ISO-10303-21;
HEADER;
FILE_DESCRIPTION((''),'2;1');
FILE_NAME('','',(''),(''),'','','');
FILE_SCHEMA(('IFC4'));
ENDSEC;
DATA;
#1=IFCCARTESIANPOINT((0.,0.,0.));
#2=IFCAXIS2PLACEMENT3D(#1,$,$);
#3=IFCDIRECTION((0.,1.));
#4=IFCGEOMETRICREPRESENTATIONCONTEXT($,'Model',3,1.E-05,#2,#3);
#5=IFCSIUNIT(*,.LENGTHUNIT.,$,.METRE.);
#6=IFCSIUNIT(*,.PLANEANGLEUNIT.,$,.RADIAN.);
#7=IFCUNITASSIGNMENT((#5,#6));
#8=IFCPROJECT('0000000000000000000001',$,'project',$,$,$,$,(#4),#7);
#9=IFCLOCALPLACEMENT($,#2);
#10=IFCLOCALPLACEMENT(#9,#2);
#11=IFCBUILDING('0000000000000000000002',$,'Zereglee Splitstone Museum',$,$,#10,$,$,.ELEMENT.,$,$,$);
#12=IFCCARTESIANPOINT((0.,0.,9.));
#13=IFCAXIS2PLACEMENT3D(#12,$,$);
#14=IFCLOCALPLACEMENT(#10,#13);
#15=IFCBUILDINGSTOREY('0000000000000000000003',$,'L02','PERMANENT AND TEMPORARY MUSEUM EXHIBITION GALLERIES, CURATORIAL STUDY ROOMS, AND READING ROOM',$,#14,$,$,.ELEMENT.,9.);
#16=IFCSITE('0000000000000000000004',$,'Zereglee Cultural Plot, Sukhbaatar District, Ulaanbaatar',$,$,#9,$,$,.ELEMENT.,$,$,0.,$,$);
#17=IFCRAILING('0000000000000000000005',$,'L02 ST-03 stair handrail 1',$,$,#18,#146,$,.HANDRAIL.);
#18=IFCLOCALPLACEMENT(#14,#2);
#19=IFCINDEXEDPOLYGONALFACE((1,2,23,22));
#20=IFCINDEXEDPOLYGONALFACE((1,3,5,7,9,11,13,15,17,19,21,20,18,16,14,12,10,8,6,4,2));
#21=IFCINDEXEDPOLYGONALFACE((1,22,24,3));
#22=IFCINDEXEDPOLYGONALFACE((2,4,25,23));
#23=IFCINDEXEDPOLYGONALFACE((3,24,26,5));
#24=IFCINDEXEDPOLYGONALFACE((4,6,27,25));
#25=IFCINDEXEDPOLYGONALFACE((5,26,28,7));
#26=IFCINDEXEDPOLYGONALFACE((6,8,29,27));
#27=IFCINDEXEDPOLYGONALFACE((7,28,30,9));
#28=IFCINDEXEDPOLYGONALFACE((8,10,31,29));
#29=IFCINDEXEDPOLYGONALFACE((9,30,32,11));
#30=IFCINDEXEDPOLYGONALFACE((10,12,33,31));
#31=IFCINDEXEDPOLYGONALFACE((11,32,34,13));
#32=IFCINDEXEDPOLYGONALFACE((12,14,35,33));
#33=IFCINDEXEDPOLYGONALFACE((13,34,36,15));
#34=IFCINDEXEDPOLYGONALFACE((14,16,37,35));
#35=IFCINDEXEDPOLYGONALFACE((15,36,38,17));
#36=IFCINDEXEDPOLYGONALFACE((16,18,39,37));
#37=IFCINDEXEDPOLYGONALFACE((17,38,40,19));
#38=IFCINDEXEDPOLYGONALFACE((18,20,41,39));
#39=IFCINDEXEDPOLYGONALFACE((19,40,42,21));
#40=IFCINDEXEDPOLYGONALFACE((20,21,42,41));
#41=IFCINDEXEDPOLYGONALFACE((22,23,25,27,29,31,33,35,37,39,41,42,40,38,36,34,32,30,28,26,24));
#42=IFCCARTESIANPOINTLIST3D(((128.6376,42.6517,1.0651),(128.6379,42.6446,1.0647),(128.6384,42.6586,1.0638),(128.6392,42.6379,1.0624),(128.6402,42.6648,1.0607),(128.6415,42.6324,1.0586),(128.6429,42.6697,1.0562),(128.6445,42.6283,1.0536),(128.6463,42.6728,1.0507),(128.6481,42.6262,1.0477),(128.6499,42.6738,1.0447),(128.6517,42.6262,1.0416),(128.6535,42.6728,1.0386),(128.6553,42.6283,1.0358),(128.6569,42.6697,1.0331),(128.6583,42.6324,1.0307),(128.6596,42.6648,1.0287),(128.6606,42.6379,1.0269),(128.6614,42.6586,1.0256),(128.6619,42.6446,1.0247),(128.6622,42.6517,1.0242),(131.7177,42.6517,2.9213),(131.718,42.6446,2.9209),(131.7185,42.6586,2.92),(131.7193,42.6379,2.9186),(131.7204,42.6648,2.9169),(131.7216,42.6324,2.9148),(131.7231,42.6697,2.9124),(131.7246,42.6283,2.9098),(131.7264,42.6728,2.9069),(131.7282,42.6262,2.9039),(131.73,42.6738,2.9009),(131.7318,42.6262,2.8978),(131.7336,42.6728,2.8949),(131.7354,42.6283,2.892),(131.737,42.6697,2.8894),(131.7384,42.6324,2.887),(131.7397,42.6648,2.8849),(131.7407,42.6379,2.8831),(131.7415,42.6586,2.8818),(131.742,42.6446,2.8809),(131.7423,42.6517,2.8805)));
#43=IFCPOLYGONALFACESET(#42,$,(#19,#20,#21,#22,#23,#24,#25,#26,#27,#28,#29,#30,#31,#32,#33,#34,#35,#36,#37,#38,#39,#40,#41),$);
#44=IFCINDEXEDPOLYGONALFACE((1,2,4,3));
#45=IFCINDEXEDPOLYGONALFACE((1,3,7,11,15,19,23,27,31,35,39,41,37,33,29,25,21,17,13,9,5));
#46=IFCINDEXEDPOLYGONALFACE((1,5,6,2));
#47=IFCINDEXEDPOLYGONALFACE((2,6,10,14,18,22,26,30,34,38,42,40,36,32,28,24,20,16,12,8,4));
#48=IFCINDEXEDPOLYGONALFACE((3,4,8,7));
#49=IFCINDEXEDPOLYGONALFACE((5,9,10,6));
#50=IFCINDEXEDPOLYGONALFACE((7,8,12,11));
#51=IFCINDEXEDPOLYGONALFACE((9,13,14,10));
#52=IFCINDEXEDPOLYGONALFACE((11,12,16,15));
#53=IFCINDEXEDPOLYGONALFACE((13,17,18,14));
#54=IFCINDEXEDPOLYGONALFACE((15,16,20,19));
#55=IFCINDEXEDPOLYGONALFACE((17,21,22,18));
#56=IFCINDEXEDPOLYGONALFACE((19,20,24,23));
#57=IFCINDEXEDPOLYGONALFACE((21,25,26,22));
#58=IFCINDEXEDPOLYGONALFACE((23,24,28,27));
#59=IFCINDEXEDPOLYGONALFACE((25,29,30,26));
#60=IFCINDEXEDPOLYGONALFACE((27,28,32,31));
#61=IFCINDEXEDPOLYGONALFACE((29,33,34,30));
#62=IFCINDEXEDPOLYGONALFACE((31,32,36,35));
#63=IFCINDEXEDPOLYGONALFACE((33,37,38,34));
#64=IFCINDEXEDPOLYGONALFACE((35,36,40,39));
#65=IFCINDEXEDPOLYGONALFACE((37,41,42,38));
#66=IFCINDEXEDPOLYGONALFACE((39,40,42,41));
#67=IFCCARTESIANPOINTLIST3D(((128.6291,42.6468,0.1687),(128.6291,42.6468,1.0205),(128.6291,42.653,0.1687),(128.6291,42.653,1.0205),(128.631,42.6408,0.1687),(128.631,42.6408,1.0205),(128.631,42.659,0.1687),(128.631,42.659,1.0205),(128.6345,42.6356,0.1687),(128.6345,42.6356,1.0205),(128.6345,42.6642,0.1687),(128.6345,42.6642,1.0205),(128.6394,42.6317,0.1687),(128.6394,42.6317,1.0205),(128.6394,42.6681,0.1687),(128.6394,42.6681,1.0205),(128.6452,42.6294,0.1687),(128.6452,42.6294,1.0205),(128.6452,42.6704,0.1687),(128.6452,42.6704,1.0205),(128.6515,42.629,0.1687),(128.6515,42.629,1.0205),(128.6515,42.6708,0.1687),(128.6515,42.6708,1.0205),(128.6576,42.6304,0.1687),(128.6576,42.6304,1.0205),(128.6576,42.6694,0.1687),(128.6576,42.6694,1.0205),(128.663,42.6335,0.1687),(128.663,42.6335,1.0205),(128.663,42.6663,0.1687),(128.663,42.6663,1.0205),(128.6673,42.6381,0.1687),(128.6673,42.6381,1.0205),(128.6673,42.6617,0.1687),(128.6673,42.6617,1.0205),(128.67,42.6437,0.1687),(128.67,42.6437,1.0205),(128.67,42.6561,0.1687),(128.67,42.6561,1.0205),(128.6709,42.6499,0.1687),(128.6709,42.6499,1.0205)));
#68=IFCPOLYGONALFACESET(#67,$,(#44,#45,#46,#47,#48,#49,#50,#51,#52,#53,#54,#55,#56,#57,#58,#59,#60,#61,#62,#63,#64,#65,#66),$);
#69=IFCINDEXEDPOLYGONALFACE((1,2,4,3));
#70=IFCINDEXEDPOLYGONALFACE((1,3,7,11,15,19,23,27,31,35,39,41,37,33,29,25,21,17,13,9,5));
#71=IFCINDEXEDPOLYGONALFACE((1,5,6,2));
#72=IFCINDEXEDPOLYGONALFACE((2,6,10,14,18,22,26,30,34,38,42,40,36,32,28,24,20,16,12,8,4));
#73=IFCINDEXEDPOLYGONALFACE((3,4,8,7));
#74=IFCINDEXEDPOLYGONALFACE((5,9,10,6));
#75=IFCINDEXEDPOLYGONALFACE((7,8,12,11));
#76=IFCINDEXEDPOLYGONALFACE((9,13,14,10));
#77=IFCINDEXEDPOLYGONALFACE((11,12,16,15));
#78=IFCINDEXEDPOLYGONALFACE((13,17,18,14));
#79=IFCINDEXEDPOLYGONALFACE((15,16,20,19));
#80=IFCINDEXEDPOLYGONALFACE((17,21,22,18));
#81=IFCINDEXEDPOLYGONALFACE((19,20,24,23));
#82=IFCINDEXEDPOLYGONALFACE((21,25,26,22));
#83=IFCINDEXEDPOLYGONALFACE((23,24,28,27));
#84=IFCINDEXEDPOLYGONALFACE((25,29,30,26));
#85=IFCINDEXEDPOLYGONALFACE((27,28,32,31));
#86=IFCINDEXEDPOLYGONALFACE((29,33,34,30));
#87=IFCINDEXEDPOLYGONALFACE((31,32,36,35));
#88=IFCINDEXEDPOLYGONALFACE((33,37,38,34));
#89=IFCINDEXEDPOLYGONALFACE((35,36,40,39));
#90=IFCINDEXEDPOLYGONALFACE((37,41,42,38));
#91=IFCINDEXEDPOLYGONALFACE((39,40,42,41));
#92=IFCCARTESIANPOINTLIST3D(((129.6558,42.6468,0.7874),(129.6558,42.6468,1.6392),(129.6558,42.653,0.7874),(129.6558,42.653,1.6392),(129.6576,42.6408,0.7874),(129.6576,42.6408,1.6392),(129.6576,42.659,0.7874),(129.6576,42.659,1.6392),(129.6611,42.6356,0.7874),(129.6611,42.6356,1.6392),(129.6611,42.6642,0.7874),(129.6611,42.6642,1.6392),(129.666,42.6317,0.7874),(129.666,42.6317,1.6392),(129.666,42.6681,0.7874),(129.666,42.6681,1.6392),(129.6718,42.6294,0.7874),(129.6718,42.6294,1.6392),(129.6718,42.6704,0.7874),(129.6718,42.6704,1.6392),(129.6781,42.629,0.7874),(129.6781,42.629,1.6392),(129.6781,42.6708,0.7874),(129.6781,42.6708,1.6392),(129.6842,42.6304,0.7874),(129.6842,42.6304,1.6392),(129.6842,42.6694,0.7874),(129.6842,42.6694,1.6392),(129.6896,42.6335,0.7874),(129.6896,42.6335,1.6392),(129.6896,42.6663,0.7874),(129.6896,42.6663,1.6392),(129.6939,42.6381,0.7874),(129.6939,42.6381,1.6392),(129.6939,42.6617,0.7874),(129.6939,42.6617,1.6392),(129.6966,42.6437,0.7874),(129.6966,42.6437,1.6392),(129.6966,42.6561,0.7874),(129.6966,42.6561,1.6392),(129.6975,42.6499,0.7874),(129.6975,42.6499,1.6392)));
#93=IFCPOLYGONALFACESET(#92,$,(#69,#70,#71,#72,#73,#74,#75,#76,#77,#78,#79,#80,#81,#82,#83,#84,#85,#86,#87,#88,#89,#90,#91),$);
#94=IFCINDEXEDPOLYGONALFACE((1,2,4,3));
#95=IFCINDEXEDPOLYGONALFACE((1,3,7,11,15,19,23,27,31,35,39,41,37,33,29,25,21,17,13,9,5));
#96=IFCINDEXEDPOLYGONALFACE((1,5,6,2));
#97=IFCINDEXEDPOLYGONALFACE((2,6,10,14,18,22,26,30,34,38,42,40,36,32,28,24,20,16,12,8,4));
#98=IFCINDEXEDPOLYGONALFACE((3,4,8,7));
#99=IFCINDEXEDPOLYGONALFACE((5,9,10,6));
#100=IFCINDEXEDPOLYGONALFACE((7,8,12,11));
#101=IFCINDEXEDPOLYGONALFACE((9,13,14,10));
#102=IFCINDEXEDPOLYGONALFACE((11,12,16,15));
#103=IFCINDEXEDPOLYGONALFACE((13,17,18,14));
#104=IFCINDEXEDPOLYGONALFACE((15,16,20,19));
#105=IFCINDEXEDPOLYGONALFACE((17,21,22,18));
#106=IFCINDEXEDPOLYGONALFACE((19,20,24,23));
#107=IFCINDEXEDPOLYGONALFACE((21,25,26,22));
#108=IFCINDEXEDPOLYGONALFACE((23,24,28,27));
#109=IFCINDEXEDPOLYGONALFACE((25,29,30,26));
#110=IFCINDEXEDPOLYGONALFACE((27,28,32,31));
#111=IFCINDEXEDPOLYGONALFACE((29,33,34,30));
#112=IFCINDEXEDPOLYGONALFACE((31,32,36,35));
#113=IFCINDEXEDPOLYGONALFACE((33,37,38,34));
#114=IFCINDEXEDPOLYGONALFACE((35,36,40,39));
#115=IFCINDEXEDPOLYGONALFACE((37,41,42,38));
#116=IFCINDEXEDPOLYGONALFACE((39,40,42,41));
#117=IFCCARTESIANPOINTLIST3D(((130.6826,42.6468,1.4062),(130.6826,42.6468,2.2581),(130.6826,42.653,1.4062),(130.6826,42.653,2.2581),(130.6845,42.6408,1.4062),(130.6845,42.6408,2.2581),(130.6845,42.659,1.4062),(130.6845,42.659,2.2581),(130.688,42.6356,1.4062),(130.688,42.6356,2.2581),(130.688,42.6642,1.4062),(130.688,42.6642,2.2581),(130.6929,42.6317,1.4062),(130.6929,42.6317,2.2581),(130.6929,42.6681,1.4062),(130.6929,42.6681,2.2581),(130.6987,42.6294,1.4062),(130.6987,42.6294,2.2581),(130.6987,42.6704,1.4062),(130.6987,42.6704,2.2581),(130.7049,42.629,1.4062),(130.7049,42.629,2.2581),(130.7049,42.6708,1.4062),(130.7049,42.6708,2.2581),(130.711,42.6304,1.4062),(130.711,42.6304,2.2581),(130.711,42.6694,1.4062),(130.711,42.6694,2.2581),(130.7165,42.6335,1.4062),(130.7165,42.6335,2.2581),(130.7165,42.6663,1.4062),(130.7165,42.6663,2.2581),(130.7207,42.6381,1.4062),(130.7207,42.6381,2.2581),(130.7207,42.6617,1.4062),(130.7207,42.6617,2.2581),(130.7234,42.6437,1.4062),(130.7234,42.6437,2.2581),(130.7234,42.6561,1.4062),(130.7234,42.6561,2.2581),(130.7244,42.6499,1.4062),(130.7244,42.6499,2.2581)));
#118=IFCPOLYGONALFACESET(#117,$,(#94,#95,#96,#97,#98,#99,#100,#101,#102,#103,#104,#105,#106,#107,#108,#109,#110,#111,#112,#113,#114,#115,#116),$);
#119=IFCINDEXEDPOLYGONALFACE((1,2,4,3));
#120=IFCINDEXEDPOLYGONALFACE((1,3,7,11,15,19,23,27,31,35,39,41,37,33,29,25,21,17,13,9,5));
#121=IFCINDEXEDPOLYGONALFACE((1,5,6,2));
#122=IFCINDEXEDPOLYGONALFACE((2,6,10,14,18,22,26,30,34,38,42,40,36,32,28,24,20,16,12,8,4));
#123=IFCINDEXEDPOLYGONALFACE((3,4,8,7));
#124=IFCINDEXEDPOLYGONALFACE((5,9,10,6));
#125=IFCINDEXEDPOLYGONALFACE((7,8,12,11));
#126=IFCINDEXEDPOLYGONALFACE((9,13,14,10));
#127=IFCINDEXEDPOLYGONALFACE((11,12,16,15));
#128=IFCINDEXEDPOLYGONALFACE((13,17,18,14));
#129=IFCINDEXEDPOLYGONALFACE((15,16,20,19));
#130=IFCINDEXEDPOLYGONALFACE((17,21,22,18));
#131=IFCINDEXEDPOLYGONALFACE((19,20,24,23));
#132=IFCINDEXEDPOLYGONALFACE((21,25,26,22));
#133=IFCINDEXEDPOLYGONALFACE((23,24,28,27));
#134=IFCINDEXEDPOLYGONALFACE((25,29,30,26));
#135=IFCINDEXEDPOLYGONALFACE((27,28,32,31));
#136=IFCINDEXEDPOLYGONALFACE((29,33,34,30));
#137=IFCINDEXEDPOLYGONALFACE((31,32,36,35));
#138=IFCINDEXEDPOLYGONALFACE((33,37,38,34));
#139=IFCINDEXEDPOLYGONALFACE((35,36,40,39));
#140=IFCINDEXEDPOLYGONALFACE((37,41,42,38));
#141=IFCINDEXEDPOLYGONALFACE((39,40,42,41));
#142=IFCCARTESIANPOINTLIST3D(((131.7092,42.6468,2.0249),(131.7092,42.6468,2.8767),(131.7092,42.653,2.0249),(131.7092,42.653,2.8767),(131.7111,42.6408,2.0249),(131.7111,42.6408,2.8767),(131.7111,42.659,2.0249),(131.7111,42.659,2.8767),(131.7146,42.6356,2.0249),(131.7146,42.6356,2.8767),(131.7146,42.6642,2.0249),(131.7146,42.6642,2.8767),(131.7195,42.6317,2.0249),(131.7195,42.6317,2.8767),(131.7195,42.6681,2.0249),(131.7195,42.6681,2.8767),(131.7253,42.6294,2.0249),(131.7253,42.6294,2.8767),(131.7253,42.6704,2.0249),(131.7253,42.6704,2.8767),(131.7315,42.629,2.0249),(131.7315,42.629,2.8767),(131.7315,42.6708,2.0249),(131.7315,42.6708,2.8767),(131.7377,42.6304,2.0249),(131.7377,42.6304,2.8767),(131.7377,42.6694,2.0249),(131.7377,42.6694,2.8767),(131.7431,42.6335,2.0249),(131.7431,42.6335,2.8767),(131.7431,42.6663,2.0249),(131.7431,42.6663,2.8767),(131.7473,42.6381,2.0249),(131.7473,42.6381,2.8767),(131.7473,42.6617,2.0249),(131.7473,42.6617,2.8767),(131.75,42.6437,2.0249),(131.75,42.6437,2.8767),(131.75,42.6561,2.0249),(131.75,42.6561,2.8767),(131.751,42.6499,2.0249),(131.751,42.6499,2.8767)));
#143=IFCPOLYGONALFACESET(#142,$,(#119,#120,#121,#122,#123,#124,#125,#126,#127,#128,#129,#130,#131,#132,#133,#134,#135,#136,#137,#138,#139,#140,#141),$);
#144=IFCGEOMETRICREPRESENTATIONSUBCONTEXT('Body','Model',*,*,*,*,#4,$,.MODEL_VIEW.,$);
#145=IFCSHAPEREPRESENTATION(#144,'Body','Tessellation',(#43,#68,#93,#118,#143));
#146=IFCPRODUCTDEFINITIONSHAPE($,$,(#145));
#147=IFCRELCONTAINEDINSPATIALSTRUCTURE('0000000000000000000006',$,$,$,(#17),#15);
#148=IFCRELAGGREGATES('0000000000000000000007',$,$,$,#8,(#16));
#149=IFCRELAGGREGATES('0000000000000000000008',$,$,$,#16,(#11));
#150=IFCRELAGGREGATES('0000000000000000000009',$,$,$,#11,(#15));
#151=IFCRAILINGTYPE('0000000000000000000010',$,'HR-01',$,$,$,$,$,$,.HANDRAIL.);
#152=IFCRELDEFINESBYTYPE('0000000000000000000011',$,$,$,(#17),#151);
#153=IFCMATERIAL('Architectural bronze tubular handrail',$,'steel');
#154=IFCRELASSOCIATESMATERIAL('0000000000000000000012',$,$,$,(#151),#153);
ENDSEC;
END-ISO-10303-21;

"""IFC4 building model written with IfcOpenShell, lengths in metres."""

from ifc_helpers import new_model, si_unit, direction, frame, origin, origin_2d, place, context, subcontext, project, spatial, circle, extrude, material, type_object, element, save


model = new_model("IFC4")

# Units and contexts
model_context = context("Model", 3, precision=1e-05, world=origin(), true_north=direction((0.0, 1.0)))
body_context = subcontext(model_context, "Body", "Model", "MODEL_VIEW")
ifc_project = project(units=[si_unit("LENGTHUNIT", "METRE"), si_unit("PLANEANGLEUNIT", "RADIAN")], contexts=[model_context])

# Site, building, storey
site_placement = place(None, origin())
site = spatial("IfcSite", under=ifc_project, at=site_placement, Name="Zereglee Cultural Plot, Sukhbaatar District, Ulaanbaatar", CompositionType="ELEMENT", RefElevation=0.0)
building_placement = place(site_placement, origin())
building = spatial("IfcBuilding", under=site, at=building_placement, Name="Zereglee Splitstone Museum", CompositionType="ELEMENT")
storey_placement = place(building_placement, frame((0.0, 0.0, 9.0)))
storey = spatial("IfcBuildingStorey", under=building, at=storey_placement, Name="L02", Description="PERMANENT AND TEMPORARY MUSEUM EXHIBITION GALLERIES, CURATORIAL STUDY ROOMS, AND READING ROOM", CompositionType="ELEMENT", Elevation=9.0)

# Railing
ifc_material_1 = material(Name="Architectural bronze tubular handrail", Category="steel")
railing_type_1 = type_object("IfcRailingType", Name="HR-01", PredefinedType="HANDRAIL", material=ifc_material_1)
railing_1_placement = place(storey_placement, frame((128.6499, 42.6499, 0.1687)))
element("IfcRailing", 1, at=railing_1_placement, inside=storey, type_object=railing_type_1, Name="L02 ST-03 stair handrail 1", PredefinedType="HANDRAIL", context=body_context, shape_type="SweptSolid", body=[
    extrude(circle(Radius=0.0239, at=origin_2d()), frame((0.0, 0.0, 0.876), z_axis=(0.856491, 0.0, 0.516162), x_axis=(0.0, 1.0, 0.0)), (0.0, 0.0, 1.0), 3.5962),
    extrude(circle(Radius=0.021, at=origin_2d()), origin(), (0.0, 0.0, 1.0), 0.8518),
    extrude(circle(Radius=0.021, at=origin_2d()), frame((1.0266, 0.0, 0.6187)), (0.0, 0.0, 1.0), 0.8518),
    extrude(circle(Radius=0.021, at=origin_2d()), frame((2.0535, 0.0, 1.2375)), (0.0, 0.0, 1.0), 0.8518),
    extrude(circle(Radius=0.021, at=origin_2d()), frame((3.0801, 0.0, 1.8562)), (0.0, 0.0, 1.0), 0.8518),
])

save(model, "model.ifc")
